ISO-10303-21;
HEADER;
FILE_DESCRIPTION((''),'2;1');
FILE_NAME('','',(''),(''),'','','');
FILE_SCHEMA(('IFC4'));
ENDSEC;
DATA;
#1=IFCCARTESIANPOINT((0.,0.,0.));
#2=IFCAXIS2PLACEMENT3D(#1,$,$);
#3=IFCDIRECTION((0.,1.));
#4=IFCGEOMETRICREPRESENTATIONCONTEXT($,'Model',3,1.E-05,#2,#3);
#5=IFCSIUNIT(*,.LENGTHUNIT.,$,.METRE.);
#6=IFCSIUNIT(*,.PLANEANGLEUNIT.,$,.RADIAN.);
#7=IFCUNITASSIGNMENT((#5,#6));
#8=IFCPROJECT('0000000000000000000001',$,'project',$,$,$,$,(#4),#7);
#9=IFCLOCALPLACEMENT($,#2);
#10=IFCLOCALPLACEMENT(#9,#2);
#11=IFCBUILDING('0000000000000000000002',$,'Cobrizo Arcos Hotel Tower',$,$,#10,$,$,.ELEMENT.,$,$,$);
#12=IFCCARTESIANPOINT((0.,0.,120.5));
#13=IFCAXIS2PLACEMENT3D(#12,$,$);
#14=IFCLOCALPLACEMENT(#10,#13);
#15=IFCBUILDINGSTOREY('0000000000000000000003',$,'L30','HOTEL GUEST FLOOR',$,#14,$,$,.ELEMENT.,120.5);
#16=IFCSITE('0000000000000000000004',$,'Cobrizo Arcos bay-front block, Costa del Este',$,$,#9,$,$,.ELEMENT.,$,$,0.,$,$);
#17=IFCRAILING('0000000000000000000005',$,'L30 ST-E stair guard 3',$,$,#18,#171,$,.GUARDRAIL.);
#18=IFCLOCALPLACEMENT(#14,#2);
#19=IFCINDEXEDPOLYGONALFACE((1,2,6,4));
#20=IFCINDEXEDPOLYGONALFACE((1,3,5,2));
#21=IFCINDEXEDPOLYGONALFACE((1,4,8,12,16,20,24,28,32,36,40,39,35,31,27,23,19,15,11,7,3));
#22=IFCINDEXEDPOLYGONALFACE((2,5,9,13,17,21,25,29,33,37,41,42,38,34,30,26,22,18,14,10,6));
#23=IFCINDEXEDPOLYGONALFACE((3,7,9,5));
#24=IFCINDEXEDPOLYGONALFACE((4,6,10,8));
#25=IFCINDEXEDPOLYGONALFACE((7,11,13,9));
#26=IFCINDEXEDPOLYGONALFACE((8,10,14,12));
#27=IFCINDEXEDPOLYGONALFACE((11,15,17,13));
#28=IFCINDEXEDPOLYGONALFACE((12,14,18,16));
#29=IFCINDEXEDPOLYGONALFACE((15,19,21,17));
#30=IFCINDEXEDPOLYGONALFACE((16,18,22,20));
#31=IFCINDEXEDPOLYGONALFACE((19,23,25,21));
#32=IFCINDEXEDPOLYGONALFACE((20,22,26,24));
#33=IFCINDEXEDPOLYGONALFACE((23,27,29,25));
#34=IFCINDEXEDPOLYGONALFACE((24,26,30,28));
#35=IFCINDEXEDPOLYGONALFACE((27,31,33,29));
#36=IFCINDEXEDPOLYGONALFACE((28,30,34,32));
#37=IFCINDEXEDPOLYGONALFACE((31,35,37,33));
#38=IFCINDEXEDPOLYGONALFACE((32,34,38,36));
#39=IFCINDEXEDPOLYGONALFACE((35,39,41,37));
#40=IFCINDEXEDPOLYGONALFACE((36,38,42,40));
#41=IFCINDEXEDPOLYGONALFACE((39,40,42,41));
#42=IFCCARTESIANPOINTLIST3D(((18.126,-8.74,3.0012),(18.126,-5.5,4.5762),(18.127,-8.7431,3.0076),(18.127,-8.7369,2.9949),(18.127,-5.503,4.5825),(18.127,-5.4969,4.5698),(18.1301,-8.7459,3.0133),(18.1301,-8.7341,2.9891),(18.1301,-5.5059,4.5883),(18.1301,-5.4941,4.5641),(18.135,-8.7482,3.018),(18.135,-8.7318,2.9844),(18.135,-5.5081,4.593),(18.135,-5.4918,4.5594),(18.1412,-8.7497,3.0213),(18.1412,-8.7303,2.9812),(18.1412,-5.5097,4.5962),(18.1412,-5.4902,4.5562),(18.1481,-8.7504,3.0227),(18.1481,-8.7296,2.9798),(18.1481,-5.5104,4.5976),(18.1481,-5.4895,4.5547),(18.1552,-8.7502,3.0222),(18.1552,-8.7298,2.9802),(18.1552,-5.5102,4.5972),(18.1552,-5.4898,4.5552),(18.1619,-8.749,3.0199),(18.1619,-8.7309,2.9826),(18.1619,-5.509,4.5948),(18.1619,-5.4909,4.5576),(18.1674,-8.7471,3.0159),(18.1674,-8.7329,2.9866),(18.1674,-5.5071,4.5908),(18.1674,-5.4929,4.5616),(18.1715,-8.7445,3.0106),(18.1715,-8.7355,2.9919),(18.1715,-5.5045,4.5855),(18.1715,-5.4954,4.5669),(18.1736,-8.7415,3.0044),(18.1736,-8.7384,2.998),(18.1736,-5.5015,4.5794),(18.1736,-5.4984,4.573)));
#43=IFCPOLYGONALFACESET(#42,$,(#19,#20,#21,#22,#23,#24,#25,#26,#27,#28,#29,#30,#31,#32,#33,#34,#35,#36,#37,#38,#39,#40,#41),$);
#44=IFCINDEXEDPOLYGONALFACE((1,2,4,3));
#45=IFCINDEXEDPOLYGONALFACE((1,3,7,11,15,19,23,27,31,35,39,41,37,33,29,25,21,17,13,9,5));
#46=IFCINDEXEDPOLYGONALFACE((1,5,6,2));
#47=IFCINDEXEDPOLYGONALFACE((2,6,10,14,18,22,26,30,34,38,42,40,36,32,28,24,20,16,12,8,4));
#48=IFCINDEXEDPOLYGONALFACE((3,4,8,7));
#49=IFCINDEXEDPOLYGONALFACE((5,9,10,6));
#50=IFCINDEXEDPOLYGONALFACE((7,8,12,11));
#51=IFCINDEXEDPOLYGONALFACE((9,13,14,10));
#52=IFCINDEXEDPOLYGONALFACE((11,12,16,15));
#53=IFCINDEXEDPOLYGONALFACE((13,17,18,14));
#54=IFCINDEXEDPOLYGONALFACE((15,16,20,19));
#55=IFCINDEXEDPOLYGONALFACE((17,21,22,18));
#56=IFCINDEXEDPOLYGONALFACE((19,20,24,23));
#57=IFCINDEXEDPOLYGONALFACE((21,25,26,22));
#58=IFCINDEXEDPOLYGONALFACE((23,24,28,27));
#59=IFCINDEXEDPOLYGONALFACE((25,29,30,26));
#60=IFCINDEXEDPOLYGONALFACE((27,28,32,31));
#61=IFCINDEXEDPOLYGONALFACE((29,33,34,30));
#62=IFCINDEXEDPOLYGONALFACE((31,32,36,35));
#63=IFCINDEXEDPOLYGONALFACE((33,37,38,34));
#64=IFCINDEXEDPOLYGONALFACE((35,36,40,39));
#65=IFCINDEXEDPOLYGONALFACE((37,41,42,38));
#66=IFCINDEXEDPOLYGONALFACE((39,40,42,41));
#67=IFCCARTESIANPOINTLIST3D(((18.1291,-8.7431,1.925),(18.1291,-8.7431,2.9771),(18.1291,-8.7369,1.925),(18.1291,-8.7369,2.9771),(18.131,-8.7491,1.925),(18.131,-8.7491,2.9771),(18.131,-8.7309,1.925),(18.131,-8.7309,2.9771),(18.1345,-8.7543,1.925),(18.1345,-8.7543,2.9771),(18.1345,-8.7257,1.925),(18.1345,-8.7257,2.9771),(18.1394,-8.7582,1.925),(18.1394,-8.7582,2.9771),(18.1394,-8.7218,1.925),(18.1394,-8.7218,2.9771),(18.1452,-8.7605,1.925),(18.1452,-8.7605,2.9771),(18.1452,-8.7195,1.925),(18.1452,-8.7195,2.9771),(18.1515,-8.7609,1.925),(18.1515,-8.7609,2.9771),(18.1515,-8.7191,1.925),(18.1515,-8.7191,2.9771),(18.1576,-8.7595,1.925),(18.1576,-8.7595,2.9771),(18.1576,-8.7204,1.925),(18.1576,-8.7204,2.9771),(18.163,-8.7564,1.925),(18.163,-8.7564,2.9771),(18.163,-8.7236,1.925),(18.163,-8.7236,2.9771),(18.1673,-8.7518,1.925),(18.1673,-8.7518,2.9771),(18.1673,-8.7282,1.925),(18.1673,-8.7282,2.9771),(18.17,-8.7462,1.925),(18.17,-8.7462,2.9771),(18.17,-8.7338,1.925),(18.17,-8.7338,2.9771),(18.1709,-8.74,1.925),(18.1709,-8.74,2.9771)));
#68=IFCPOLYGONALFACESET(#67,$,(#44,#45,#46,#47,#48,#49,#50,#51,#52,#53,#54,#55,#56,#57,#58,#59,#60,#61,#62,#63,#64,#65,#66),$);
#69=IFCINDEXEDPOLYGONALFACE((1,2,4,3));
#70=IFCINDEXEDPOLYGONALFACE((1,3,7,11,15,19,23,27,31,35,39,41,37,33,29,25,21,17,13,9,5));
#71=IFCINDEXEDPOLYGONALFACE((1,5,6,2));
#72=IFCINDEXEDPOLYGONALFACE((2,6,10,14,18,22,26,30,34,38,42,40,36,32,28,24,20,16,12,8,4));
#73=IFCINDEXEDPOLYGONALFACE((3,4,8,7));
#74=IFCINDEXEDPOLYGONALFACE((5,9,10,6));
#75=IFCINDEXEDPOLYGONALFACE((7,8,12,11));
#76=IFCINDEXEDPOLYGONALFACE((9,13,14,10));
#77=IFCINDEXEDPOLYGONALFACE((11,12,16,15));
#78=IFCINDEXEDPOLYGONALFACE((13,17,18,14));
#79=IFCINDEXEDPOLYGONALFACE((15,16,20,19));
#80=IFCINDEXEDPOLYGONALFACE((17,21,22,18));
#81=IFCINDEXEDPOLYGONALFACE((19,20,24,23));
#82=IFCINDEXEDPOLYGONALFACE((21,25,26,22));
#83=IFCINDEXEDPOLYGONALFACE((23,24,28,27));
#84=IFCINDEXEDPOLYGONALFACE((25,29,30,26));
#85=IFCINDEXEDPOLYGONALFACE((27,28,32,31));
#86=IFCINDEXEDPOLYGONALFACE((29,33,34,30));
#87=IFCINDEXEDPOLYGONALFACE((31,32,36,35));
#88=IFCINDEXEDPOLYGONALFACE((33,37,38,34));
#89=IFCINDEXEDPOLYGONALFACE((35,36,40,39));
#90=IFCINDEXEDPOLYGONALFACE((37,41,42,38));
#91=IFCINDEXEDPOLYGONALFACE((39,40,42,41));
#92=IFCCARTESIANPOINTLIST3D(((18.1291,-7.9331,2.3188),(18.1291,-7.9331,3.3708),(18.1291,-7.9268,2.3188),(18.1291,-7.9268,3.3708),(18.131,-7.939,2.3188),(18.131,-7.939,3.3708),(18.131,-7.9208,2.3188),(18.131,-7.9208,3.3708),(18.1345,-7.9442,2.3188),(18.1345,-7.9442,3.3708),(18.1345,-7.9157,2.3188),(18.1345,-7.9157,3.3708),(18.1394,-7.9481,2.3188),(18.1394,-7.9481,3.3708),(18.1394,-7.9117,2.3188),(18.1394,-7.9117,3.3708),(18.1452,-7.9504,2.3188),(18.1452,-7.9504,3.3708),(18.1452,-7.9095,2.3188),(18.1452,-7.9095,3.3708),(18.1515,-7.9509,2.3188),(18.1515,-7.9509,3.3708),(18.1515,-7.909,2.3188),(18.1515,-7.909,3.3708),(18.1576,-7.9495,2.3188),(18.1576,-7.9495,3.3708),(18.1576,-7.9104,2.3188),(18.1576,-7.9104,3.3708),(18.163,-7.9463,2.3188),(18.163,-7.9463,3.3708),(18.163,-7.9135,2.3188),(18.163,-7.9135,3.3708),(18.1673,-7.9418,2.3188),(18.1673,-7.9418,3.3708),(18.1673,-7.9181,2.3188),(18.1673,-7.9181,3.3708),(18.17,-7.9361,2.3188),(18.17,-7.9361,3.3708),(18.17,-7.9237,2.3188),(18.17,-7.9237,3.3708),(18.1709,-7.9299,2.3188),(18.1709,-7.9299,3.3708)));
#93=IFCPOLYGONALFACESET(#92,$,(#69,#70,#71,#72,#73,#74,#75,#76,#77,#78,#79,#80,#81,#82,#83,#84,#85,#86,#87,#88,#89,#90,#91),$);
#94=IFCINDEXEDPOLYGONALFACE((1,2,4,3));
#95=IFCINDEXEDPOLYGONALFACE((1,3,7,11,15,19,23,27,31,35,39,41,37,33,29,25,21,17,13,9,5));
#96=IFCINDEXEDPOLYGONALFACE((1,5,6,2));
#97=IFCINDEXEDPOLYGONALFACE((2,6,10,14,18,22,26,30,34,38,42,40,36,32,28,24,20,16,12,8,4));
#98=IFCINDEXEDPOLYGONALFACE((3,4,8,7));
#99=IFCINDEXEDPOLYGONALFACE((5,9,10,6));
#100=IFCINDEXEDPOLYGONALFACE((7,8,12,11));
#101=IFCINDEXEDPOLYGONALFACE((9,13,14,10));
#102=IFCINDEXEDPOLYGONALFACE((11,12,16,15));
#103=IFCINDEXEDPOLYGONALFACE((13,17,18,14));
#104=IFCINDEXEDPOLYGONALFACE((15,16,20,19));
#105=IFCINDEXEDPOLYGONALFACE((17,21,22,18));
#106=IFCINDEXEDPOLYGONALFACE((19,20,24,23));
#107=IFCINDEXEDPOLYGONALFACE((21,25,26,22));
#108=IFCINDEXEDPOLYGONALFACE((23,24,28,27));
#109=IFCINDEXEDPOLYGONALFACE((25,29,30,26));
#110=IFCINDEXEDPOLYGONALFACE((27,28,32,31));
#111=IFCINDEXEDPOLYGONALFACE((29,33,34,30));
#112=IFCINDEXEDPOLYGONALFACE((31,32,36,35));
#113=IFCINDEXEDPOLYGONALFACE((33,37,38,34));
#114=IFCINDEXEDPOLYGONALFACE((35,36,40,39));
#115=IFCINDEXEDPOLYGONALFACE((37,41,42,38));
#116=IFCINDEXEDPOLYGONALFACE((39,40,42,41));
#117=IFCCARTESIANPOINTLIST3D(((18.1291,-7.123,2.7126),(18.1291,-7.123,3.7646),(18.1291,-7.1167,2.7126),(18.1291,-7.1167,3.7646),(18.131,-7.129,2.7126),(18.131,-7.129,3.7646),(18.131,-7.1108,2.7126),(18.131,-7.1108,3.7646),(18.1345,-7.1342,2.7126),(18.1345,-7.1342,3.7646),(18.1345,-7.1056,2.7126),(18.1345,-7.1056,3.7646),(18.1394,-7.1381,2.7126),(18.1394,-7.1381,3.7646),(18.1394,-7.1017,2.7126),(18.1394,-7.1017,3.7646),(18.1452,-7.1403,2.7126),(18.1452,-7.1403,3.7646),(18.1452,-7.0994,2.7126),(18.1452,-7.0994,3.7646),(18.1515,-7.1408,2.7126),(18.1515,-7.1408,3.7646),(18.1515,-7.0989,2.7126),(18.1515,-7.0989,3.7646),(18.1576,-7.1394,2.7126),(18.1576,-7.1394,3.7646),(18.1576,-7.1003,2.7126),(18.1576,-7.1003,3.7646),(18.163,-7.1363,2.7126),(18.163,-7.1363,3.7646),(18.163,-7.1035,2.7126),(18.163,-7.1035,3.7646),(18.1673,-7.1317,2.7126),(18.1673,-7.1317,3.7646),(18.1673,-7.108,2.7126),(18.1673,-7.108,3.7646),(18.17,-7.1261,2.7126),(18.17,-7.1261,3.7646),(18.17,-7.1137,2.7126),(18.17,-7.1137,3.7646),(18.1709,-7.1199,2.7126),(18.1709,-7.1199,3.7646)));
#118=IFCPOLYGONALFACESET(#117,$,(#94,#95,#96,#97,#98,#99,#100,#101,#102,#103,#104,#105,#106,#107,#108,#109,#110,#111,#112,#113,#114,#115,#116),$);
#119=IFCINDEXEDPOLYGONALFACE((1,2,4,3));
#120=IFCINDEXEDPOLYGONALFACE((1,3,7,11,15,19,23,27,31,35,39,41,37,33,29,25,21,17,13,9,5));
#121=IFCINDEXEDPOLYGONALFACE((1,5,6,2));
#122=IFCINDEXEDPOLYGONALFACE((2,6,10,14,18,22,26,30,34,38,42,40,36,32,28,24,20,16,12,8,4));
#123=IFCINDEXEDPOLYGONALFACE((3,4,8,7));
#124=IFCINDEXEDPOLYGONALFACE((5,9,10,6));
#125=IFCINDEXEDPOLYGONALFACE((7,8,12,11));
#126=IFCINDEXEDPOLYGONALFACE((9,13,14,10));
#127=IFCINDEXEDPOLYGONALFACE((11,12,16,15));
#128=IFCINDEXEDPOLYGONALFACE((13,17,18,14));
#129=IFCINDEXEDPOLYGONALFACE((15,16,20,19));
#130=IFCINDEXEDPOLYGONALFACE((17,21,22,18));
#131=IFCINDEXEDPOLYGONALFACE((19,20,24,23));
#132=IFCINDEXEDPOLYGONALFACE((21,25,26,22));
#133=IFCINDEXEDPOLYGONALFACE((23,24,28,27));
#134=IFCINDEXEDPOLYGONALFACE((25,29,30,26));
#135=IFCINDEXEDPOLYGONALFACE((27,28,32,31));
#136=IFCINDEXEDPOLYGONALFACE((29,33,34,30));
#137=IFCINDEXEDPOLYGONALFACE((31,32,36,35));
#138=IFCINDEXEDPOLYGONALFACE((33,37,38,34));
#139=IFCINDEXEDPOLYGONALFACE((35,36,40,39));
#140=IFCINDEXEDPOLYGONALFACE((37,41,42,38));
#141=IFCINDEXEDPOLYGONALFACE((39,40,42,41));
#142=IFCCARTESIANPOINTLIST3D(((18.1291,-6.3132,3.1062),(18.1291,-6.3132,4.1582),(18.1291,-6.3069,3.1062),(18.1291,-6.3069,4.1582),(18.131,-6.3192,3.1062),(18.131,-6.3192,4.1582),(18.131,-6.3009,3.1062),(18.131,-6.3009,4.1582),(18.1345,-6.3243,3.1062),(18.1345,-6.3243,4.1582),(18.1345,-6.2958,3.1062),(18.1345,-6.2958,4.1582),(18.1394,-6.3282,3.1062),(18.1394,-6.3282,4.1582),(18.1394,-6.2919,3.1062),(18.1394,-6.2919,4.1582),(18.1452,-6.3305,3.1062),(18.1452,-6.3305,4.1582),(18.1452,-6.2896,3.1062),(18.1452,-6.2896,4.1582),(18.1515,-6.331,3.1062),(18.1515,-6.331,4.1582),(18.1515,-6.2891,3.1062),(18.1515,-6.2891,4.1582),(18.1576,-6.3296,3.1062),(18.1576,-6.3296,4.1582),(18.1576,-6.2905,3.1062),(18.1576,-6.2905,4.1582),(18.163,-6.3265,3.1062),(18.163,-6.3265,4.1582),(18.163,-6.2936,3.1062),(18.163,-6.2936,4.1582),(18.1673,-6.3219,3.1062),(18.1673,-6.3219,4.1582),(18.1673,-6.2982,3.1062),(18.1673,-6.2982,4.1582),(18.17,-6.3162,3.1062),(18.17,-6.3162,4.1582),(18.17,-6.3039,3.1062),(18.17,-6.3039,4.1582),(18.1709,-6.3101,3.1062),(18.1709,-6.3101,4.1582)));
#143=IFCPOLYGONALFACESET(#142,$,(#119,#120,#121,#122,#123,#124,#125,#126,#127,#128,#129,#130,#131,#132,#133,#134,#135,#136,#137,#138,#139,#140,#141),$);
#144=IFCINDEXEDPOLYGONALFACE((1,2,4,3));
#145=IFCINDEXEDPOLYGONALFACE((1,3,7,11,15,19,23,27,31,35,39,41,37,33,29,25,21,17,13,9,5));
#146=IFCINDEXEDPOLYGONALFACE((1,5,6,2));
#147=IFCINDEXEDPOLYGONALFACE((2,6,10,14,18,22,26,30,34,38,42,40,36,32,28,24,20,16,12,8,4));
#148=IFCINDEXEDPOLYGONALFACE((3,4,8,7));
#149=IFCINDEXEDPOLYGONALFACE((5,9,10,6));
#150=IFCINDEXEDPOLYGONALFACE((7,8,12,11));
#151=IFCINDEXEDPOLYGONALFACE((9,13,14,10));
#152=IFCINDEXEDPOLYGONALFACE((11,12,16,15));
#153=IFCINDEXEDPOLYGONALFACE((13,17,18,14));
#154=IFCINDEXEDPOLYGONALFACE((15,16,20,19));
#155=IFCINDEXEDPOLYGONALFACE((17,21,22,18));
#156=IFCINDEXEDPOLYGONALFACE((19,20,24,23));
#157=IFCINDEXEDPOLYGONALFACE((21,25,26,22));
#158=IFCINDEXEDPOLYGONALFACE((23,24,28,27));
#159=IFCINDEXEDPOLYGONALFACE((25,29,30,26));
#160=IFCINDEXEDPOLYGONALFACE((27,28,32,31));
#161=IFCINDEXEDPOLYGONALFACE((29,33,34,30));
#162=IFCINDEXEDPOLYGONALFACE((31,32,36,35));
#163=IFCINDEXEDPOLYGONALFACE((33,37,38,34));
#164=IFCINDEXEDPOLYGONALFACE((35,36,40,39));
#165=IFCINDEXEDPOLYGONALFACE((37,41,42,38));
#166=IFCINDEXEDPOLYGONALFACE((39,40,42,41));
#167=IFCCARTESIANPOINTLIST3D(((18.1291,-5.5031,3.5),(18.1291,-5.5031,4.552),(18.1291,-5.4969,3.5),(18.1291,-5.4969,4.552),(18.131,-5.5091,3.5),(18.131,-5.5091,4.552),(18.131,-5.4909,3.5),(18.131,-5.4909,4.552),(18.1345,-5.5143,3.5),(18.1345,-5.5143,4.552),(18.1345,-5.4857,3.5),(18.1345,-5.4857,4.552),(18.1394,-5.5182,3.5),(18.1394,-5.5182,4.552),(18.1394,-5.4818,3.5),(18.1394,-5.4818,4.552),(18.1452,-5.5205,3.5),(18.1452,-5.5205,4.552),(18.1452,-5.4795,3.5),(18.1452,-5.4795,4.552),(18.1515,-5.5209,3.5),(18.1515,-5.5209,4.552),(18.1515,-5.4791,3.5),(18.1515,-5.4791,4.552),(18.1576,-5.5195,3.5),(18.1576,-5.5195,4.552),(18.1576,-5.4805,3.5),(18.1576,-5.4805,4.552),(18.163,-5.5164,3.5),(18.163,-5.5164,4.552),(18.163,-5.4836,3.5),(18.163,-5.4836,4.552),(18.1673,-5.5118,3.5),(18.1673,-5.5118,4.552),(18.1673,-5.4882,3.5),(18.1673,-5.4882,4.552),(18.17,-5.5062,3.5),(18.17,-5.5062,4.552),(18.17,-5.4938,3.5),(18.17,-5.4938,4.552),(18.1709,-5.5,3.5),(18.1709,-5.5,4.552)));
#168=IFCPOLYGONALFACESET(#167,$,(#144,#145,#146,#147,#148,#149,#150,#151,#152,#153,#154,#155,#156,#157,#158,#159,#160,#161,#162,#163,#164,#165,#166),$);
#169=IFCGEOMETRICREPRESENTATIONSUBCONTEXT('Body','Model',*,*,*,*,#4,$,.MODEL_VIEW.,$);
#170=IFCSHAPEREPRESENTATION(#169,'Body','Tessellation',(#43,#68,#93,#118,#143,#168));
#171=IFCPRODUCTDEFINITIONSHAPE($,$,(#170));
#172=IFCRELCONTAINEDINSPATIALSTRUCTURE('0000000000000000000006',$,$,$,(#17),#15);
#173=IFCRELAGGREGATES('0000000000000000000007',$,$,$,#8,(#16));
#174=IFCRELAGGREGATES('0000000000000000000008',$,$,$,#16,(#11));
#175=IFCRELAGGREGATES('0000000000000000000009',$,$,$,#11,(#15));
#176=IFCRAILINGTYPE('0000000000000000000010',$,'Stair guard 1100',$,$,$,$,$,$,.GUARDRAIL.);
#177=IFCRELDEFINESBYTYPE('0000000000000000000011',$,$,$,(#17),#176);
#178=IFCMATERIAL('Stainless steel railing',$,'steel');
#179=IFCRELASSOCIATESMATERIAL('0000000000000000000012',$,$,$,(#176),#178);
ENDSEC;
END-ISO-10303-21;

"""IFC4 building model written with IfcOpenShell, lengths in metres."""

from ifc_helpers import new_model, si_unit, direction, frame, origin, origin_2d, place, context, subcontext, project, spatial, circle, extrude, material, type_object, element, save


model = new_model("IFC4")

# Units and contexts
model_context = context("Model", 3, precision=1e-05, world=origin(), true_north=direction((0.0, 1.0)))
body_context = subcontext(model_context, "Body", "Model", "MODEL_VIEW")
ifc_project = project(units=[si_unit("LENGTHUNIT", "METRE"), si_unit("PLANEANGLEUNIT", "RADIAN")], contexts=[model_context])

# Site, building, storey
site_placement = place(None, origin())
site = spatial("IfcSite", under=ifc_project, at=site_placement, Name="Cobrizo Arcos bay-front block, Costa del Este", CompositionType="ELEMENT", RefElevation=0.0)
building_placement = place(site_placement, origin())
building = spatial("IfcBuilding", under=site, at=building_placement, Name="Cobrizo Arcos Hotel Tower", CompositionType="ELEMENT")
storey_placement = place(building_placement, frame((0.0, 0.0, 120.5)))
storey = spatial("IfcBuildingStorey", under=building, at=storey_placement, Name="L30", Description="HOTEL GUEST FLOOR", CompositionType="ELEMENT", Elevation=120.5)

# Railing
ifc_material_1 = material(Name="Stainless steel railing", Category="steel")
railing_type_1 = type_object("IfcRailingType", Name="Stair guard 1100", PredefinedType="GUARDRAIL", material=ifc_material_1)
railing_1_placement = place(storey_placement, frame((18.1499, -8.74, 1.925)))
element("IfcRailing", 1, at=railing_1_placement, inside=storey, type_object=railing_type_1, Name="L30 ST-E stair guard 3", PredefinedType="GUARDRAIL", context=body_context, shape_type="SweptSolid", body=[
    extrude(circle(Radius=0.0239, at=origin_2d()), frame((0.0, 0.0, 1.0762), z_axis=(0.0, 0.899373, 0.437183), x_axis=(-1.0, 0.0, 0.0)), (0.0, 0.0, 1.0), 3.6025),
    extrude(circle(Radius=0.021, at=origin_2d()), origin(), (0.0, 0.0, 1.0), 1.052),
    extrude(circle(Radius=0.021, at=origin_2d()), frame((0.0, 0.8101, 0.3938)), (0.0, 0.0, 1.0), 1.052),
    extrude(circle(Radius=0.021, at=origin_2d()), frame((0.0, 1.6201, 0.7876)), (0.0, 0.0, 1.0), 1.052),
    extrude(circle(Radius=0.021, at=origin_2d()), frame((0.0, 2.4299, 1.1812)), (0.0, 0.0, 1.0), 1.052),
    extrude(circle(Radius=0.021, at=origin_2d()), frame((0.0, 3.24, 1.575)), (0.0, 0.0, 1.0), 1.052),
])

save(model, "model.ifc")
